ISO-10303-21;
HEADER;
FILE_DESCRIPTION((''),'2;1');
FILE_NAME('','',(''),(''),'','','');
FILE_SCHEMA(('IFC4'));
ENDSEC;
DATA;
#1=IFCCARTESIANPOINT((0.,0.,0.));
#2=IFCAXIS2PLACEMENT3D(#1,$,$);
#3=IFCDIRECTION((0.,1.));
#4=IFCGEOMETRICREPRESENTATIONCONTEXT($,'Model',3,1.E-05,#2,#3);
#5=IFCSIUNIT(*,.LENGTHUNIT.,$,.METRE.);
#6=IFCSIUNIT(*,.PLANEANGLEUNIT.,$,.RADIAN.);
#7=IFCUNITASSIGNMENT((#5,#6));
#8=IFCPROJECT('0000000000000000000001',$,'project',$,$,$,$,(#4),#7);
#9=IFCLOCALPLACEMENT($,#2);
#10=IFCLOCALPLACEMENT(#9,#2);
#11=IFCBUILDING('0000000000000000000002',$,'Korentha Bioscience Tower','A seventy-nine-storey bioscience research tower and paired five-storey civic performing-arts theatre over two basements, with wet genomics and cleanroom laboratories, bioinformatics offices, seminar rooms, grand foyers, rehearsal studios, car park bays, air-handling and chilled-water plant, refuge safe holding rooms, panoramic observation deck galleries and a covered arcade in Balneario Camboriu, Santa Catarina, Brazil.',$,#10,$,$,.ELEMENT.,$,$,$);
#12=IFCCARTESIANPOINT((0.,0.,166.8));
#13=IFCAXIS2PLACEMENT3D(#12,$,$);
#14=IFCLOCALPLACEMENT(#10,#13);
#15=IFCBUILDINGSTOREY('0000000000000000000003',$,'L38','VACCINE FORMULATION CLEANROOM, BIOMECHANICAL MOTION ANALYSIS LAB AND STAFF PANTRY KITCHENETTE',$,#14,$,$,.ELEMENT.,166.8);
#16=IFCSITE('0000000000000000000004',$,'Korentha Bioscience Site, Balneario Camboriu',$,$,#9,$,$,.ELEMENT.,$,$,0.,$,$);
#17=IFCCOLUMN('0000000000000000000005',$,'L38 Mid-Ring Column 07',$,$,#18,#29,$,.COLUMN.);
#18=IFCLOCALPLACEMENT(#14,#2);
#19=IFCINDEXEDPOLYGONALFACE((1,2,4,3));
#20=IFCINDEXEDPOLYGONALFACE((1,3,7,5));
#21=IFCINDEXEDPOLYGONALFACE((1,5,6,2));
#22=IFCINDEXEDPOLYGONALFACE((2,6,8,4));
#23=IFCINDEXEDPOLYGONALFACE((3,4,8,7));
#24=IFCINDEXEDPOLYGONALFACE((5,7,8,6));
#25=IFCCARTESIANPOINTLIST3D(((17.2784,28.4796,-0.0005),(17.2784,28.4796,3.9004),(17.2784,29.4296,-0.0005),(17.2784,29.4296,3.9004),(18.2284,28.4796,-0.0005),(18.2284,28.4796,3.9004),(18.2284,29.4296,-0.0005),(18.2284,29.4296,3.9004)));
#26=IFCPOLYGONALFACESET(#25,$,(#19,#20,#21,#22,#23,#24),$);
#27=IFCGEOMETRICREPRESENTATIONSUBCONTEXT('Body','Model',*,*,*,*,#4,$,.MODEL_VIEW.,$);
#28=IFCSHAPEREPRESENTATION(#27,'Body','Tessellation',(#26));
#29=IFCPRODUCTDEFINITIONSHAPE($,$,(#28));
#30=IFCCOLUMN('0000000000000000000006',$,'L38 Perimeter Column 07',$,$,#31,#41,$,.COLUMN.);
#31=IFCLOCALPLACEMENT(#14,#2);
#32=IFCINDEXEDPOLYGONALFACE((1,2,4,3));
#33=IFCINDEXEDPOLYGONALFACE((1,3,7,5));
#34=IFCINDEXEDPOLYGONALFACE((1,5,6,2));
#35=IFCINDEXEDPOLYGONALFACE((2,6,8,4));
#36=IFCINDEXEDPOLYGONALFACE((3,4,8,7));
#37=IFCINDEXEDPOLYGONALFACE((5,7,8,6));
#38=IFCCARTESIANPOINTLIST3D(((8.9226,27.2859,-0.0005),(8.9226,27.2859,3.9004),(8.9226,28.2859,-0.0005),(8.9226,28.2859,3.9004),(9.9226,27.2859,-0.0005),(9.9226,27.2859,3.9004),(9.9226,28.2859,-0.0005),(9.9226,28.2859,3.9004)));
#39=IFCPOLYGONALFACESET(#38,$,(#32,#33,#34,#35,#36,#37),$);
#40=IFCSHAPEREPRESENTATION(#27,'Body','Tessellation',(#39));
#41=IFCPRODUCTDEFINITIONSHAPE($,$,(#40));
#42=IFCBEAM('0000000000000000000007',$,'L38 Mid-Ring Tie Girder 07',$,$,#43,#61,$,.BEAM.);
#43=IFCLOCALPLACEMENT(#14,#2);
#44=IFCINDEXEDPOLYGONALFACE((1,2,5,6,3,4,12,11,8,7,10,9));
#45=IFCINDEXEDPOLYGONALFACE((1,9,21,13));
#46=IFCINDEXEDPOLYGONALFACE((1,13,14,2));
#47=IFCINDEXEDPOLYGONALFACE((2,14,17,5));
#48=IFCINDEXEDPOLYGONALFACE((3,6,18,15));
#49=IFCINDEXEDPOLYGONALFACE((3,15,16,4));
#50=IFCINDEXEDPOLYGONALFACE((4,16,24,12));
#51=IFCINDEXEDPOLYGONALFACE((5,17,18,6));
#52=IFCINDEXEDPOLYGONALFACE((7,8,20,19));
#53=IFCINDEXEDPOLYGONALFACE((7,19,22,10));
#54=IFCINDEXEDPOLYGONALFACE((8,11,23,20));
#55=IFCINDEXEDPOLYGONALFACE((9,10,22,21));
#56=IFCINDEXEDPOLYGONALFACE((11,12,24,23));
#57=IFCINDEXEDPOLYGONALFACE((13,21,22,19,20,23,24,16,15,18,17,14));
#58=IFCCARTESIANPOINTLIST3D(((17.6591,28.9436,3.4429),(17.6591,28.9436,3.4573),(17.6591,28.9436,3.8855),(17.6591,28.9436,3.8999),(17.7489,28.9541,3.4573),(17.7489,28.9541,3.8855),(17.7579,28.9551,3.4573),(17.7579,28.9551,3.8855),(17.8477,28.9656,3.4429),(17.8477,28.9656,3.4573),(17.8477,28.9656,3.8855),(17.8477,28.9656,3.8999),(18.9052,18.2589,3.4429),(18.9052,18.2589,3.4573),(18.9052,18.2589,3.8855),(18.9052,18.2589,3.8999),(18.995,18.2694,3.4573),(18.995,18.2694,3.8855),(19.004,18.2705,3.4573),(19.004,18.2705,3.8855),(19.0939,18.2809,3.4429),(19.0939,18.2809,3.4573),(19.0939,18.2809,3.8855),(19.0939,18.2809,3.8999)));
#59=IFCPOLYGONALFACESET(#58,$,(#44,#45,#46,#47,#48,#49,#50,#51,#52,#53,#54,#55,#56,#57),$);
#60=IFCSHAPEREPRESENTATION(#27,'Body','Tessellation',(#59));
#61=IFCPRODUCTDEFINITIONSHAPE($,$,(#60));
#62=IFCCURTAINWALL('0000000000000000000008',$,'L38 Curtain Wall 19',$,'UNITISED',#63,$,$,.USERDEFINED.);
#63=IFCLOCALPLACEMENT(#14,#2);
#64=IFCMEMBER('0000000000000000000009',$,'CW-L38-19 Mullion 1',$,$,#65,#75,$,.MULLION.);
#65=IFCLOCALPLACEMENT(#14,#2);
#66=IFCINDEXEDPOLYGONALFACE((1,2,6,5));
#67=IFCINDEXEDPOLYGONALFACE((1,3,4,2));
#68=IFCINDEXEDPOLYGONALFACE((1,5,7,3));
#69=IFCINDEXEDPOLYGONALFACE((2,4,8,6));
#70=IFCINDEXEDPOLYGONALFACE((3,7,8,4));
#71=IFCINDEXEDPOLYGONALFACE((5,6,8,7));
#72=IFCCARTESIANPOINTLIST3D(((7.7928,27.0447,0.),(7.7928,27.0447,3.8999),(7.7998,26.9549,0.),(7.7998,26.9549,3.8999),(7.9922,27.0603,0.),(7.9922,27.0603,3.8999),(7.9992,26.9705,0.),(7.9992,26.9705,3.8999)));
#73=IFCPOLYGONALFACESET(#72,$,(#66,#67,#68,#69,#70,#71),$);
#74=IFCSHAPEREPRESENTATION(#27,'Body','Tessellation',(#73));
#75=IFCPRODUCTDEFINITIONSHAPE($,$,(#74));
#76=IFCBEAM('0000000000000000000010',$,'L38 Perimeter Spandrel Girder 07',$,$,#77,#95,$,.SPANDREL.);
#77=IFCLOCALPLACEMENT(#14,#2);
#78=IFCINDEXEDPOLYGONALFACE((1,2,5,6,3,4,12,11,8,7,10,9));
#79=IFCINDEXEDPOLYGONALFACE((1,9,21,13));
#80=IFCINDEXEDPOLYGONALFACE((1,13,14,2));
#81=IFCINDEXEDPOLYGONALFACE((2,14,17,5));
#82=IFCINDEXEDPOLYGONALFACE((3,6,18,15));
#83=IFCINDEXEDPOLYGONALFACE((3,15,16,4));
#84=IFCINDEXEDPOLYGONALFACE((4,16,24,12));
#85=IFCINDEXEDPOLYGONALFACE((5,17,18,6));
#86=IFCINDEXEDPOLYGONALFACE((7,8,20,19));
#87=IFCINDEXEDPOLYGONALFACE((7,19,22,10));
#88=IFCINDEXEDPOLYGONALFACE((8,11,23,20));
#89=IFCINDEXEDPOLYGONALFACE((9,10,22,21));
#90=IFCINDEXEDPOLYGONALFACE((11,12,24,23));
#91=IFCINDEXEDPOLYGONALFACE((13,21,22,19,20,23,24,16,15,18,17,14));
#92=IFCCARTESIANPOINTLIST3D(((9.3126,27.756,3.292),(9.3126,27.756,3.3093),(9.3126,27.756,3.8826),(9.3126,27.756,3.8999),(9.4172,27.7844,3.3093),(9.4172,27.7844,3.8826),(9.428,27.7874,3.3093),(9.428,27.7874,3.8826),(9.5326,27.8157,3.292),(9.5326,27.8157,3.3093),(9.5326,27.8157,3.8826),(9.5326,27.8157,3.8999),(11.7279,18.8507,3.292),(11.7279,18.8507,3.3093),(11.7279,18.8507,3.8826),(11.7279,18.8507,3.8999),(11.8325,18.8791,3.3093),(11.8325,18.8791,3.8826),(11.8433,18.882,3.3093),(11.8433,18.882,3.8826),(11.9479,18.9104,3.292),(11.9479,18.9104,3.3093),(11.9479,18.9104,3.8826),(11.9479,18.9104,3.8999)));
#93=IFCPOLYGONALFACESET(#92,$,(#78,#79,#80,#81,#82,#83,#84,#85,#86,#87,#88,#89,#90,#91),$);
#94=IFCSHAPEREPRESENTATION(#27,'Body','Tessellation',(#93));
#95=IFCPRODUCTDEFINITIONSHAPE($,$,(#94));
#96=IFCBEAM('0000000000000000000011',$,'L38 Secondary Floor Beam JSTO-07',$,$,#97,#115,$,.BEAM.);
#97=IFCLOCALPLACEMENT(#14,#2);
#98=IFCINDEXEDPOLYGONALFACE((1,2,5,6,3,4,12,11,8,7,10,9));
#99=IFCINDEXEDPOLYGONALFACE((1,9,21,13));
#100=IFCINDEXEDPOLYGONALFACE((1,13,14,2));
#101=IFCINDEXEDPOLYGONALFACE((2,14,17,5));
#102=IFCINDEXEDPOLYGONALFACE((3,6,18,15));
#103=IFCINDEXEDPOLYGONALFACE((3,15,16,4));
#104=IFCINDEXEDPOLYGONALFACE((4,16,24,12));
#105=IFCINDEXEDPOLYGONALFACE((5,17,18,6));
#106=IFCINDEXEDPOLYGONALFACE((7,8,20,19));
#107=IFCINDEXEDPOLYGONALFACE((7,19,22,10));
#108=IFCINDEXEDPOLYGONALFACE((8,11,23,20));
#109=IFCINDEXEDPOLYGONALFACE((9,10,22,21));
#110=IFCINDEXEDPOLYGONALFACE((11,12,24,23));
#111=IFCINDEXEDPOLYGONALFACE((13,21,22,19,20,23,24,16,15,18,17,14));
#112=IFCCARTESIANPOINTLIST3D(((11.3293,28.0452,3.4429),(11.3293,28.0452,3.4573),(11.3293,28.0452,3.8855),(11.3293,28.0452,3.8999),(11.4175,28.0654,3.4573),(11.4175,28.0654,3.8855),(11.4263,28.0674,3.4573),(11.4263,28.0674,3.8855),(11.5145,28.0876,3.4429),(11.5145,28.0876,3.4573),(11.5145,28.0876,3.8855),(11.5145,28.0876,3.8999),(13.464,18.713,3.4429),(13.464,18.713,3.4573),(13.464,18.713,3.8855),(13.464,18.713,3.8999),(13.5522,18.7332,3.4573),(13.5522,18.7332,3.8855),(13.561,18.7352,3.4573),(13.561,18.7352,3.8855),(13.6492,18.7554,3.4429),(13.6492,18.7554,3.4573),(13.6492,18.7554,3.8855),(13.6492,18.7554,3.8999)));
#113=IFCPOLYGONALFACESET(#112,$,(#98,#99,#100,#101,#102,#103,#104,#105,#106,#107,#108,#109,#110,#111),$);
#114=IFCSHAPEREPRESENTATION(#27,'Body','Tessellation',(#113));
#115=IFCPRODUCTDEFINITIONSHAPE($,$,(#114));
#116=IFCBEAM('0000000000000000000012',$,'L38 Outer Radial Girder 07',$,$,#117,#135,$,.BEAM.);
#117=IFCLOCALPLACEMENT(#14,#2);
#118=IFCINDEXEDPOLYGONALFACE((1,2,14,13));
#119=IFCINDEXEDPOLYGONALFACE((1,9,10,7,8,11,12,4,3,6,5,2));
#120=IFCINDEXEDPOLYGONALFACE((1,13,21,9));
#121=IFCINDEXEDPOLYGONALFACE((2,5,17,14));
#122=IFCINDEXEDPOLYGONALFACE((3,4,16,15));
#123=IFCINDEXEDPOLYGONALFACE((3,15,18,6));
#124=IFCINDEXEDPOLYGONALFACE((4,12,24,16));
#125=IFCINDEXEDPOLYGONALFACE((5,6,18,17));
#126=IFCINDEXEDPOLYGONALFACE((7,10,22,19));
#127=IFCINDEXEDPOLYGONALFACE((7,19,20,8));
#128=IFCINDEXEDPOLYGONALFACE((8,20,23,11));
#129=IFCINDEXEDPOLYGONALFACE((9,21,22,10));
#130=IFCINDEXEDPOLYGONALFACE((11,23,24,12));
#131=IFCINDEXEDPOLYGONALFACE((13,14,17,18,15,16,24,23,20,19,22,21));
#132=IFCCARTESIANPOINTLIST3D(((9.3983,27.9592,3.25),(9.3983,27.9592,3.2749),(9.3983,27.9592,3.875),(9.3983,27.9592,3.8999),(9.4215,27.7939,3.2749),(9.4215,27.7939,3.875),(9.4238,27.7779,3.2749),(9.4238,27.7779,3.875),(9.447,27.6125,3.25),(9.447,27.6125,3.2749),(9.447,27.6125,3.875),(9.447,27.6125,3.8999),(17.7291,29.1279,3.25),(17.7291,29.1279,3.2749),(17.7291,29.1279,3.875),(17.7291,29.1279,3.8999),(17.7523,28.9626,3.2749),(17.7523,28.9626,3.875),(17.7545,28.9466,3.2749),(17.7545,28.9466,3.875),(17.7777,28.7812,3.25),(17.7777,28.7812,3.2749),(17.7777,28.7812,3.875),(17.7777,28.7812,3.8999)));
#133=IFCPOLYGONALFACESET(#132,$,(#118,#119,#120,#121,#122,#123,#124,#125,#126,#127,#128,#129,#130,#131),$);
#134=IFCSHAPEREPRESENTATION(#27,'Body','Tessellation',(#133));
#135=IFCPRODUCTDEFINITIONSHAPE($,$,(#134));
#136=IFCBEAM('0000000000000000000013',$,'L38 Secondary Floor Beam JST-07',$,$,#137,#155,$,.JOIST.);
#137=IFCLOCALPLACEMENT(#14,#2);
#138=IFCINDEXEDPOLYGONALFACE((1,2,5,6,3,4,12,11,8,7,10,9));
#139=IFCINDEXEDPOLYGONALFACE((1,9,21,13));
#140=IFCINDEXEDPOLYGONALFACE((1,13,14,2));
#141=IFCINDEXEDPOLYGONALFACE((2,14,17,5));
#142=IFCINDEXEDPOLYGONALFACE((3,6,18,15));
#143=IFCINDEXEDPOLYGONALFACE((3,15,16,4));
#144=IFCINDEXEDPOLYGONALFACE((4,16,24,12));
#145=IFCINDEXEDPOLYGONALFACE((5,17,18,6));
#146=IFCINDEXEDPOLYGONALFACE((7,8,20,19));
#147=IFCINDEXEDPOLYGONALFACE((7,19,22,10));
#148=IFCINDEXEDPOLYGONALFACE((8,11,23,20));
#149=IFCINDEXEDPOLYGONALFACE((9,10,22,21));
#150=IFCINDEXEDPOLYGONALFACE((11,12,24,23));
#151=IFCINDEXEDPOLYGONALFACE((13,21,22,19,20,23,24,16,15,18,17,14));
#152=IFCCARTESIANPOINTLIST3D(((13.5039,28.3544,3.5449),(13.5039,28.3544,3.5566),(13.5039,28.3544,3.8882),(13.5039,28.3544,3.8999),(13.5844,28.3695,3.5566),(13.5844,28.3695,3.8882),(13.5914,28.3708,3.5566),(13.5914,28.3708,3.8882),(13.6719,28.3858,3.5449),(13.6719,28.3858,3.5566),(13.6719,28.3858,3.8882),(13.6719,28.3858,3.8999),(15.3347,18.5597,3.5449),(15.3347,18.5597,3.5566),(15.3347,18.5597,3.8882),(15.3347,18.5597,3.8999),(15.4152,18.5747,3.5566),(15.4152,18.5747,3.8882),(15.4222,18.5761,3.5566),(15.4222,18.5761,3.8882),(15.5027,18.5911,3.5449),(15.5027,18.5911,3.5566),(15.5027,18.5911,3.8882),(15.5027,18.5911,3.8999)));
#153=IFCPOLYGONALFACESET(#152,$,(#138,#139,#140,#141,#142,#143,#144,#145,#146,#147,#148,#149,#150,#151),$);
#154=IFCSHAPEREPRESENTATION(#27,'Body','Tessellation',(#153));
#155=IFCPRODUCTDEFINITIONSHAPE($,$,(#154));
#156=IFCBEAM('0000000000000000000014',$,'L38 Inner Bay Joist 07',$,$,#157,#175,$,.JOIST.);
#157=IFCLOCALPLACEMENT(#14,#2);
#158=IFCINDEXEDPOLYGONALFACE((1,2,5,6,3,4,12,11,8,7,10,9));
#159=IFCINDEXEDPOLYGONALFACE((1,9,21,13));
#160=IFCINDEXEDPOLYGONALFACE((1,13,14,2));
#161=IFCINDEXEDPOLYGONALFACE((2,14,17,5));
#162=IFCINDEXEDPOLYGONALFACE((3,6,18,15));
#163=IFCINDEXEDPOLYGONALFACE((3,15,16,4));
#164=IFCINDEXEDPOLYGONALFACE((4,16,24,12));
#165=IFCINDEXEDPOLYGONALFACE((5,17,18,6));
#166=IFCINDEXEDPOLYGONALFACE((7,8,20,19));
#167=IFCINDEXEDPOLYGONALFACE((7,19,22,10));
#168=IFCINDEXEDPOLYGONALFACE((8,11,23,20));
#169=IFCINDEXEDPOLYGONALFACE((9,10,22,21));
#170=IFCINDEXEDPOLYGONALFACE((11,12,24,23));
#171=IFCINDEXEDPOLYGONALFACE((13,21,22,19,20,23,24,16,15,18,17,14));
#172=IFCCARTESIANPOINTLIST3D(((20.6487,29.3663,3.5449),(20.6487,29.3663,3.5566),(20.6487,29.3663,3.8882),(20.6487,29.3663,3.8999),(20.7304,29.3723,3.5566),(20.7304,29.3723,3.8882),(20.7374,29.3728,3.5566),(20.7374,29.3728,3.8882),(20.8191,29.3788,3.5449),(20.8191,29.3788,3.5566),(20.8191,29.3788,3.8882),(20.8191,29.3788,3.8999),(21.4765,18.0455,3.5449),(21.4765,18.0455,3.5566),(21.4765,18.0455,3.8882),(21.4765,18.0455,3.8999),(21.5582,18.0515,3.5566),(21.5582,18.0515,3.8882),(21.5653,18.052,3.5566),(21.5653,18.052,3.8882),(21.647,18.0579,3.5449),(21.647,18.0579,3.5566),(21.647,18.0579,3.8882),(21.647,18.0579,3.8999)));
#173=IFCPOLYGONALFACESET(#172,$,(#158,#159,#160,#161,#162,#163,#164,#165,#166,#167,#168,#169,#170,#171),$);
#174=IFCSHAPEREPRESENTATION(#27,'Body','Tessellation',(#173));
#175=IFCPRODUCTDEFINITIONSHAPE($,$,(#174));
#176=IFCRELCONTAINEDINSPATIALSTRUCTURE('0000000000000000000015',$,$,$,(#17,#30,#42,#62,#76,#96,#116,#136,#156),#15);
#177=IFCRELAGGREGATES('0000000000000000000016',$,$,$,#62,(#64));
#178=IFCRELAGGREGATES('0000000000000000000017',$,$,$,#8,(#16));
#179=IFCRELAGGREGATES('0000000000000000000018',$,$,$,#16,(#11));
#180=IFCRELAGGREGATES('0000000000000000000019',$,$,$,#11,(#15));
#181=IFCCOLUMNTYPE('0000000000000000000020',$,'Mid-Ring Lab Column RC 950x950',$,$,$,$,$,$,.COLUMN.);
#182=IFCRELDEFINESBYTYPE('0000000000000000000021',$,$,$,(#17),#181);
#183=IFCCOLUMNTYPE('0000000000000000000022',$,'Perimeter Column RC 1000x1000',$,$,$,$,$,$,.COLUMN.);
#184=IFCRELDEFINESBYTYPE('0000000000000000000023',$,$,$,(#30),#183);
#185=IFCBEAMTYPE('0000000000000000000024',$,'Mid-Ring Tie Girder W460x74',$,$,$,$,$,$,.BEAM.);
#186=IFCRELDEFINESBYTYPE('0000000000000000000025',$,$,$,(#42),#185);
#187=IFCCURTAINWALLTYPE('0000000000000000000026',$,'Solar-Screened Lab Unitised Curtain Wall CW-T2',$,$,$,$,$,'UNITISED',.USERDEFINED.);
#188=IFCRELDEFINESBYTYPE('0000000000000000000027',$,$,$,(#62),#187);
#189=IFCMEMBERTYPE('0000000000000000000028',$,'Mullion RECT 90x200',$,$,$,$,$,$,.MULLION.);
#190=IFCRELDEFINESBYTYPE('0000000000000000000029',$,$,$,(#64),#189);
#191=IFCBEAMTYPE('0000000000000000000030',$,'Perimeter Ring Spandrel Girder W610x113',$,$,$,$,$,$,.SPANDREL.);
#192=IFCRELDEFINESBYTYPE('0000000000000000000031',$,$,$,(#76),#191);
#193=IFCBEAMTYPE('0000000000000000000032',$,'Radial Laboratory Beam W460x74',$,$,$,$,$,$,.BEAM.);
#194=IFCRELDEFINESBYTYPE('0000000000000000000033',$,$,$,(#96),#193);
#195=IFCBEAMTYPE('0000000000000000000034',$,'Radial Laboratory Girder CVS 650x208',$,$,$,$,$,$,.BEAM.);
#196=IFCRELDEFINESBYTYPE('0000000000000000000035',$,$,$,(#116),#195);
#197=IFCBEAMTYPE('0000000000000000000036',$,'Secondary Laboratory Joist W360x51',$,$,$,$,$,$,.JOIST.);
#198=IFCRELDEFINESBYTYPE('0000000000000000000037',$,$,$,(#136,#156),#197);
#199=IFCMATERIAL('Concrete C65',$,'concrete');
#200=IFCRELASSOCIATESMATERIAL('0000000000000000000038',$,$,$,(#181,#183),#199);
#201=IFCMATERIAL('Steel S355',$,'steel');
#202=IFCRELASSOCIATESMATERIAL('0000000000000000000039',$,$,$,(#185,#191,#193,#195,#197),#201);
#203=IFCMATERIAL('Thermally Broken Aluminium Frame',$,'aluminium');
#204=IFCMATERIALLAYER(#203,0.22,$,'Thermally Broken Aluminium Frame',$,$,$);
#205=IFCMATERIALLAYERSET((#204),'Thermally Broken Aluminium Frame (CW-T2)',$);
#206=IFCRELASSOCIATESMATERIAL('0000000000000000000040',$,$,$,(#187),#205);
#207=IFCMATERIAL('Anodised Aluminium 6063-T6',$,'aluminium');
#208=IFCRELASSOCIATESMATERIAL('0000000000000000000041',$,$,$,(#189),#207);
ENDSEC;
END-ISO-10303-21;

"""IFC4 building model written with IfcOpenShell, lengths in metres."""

from ifc_helpers import new_model, si_unit, direction, frame, origin, origin_2d, place, context, subcontext, project, spatial, rectangle, i_section, extrude, material, layer, layer_set, material_profile, profile_set, type_object, element, aggregate, save


model = new_model("IFC4")

# Units and contexts
model_context = context("Model", 3, precision=1e-05, world=origin(), true_north=direction((0.0, 1.0)))
body_context = subcontext(model_context, "Body", "Model", "MODEL_VIEW")
ifc_project = project(units=[si_unit("LENGTHUNIT", "METRE"), si_unit("PLANEANGLEUNIT", "RADIAN")], contexts=[model_context])

# Site, building, storey
site_placement = place(None, origin())
site = spatial("IfcSite", under=ifc_project, at=site_placement, Name="Korentha Bioscience Site, Balneario Camboriu", CompositionType="ELEMENT", RefElevation=0.0)
building_placement = place(site_placement, origin())
building = spatial("IfcBuilding", under=site, at=building_placement, Name="Korentha Bioscience Tower", Description="A seventy-nine-storey bioscience research tower and paired five-storey civic performing-arts theatre over two basements, with wet genomics and cleanroom laboratories, bioinformatics offices, seminar rooms, grand foyers, rehearsal studios, car park bays, air-handling and chilled-water plant, refuge safe holding rooms, panoramic observation deck galleries and a covered arcade in Balneario Camboriu, Santa Catarina, Brazil.", CompositionType="ELEMENT")
storey_placement = place(building_placement, frame((0.0, 0.0, 166.8)))
storey = spatial("IfcBuildingStorey", under=building, at=storey_placement, Name="L38", Description="VACCINE FORMULATION CLEANROOM, BIOMECHANICAL MOTION ANALYSIS LAB AND STAFF PANTRY KITCHENETTE", CompositionType="ELEMENT", Elevation=166.8)

# Columns
ifc_material_1 = material(Name="Concrete C65", Category="concrete")
ifc_material_profile_1 = material_profile(ifc_material_1, rectangle(XDim=0.95, YDim=0.95, at=origin_2d()), Name="Concrete C65")
ifc_profile_set_1 = profile_set([ifc_material_profile_1], Name="Concrete C65 (COL-MR09)")
column_type_1 = type_object("IfcColumnType", Name="Mid-Ring Lab Column RC 950x950", PredefinedType="COLUMN", material=ifc_profile_set_1)
column_1_placement = place(storey_placement, frame((17.7534, 28.9546, -0.0005), z_axis=(0.0, 0.0, 1.0), x_axis=(1.0, 0.0, 0.0)))
element("IfcColumn", 1, at=column_1_placement, inside=storey, type_object=column_type_1, Name="L38 Mid-Ring Column 07", PredefinedType="COLUMN", context=body_context, shape_type="SweptSolid", body=[
    extrude(rectangle(XDim=0.95, YDim=0.95, at=origin_2d()), origin(), (0.0, 0.0, 1.0), 3.9009),
])
ifc_material_profile_2 = material_profile(ifc_material_1, rectangle(XDim=1.0, YDim=1.0, at=origin_2d()), Name="Concrete C65")
ifc_profile_set_2 = profile_set([ifc_material_profile_2], Name="Concrete C65 (COL-P10)")
column_type_2 = type_object("IfcColumnType", Name="Perimeter Column RC 1000x1000", PredefinedType="COLUMN", material=ifc_profile_set_2)
column_2_placement = place(storey_placement, frame((9.4226, 27.7859, -0.0005), z_axis=(0.0, 0.0, 1.0), x_axis=(0.0, 1.0, 0.0)))
element("IfcColumn", 2, at=column_2_placement, inside=storey, type_object=column_type_2, Name="L38 Perimeter Column 07", PredefinedType="COLUMN", context=body_context, shape_type="SweptSolid", body=[
    extrude(rectangle(XDim=1.0, YDim=1.0, at=origin_2d()), origin(), (0.0, 0.0, 1.0), 3.9009),
])

# Beam
ifc_material_2 = material(Name="Steel S355", Category="steel")
ifc_material_profile_3 = material_profile(ifc_material_2, i_section(OverallWidth=0.1899, OverallDepth=0.457, WebThickness=0.009, FlangeThickness=0.0144, at=origin_2d()), Name="Steel S355")
ifc_profile_set_3 = profile_set([ifc_material_profile_3], Name="Steel S355 (MB-460)")
beam_type_1 = type_object("IfcBeamType", Name="Mid-Ring Tie Girder W460x74", PredefinedType="BEAM", material=ifc_profile_set_3)
beam_1_placement = place(storey_placement, frame((17.7534, 28.9546, 3.6714), z_axis=(0.11584, -0.993268, 0.0), x_axis=(0.993268, 0.11584, 0.0)))
element("IfcBeam", 3, at=beam_1_placement, inside=storey, type_object=beam_type_1, Name="L38 Mid-Ring Tie Girder 07", PredefinedType="BEAM", context=body_context, shape_type="SweptSolid", body=[
    extrude(i_section(OverallWidth=0.1899, OverallDepth=0.457, WebThickness=0.009, FlangeThickness=0.0144, at=origin_2d()), origin(), (0.0, 0.0, 1.0), 10.7571),
])

# Curtain wall, member
ifc_material_3 = material(Name="Thermally Broken Aluminium Frame", Category="aluminium")
ifc_layer_1 = layer(ifc_material_3, 0.22, Name="Thermally Broken Aluminium Frame")
ifc_layer_set_1 = layer_set([ifc_layer_1], Name="Thermally Broken Aluminium Frame (CW-T2)")
curtain_wall_type = type_object("IfcCurtainWallType", Name="Solar-Screened Lab Unitised Curtain Wall CW-T2", ElementType="UNITISED", PredefinedType="USERDEFINED", material=ifc_layer_set_1)
curtain_wall_placement = place(storey_placement, origin())
curtain_wall = element("IfcCurtainWall", 4, at=curtain_wall_placement, inside=storey, type_object=curtain_wall_type, Name="L38 Curtain Wall 19", ObjectType="UNITISED", PredefinedType="USERDEFINED")
ifc_material_4 = material(Name="Anodised Aluminium 6063-T6", Category="aluminium")
ifc_material_profile_4 = material_profile(ifc_material_4, rectangle(XDim=0.0901, YDim=0.2, at=origin_2d()), Name="Anodised Aluminium 6063-T6")
ifc_profile_set_4 = profile_set([ifc_material_profile_4], Name="Anodised Aluminium 6063-T6 (CW-MUL)")
member_type_1 = type_object("IfcMemberType", Name="Mullion RECT 90x200", PredefinedType="MULLION", material=ifc_profile_set_4)
member_1_placement = place(storey_placement, frame((7.896, 27.0076, 0.0), z_axis=(0.0, 0.0, 1.0), x_axis=(0.078031, -0.996951, 0.0)))
member_1 = element("IfcMember", 5, at=member_1_placement, type_object=member_type_1, Name="CW-L38-19 Mullion 1", PredefinedType="MULLION", context=body_context, shape_type="SweptSolid", body=[
    extrude(rectangle(XDim=0.0901, YDim=0.2, at=origin_2d()), origin(), (0.0, 0.0, 1.0), 3.8999),
])

# Beams
ifc_material_profile_5 = material_profile(ifc_material_2, i_section(OverallWidth=0.228, OverallDepth=0.6079, WebThickness=0.0112, FlangeThickness=0.0173, at=origin_2d()), Name="Steel S355")
ifc_profile_set_5 = profile_set([ifc_material_profile_5], Name="Steel S355 (SB-610)")
beam_type_2 = type_object("IfcBeamType", Name="Perimeter Ring Spandrel Girder W610x113", PredefinedType="SPANDREL", material=ifc_profile_set_5)
beam_2_placement = place(storey_placement, frame((9.4226, 27.7859, 3.5959), z_axis=(0.261763, -0.965132, 0.0), x_axis=(0.965132, 0.261763, 0.0)))
element("IfcBeam", 6, at=beam_2_placement, inside=storey, type_object=beam_type_2, Name="L38 Perimeter Spandrel Girder 07", PredefinedType="SPANDREL", context=body_context, shape_type="SweptSolid", body=[
    extrude(i_section(OverallWidth=0.228, OverallDepth=0.6079, WebThickness=0.0112, FlangeThickness=0.0173, at=origin_2d()), origin(), (0.0, 0.0, 1.0), 9.2271),
])
ifc_material_profile_6 = material_profile(ifc_material_2, i_section(OverallWidth=0.1899, OverallDepth=0.457, WebThickness=0.009, FlangeThickness=0.0144, at=origin_2d()), Name="Steel S355")
ifc_profile_set_6 = profile_set([ifc_material_profile_6], Name="Steel S355 (RB-460)")
beam_type_3 = type_object("IfcBeamType", Name="Radial Laboratory Beam W460x74", PredefinedType="BEAM", material=ifc_profile_set_6)
beam_3_placement = place(storey_placement, frame((11.4219, 28.0664, 3.6714), z_axis=(0.222991, -0.974821, 0.0), x_axis=(0.974821, 0.222991, 0.0)))
element("IfcBeam", 7, at=beam_3_placement, inside=storey, type_object=beam_type_3, Name="L38 Secondary Floor Beam JSTO-07", PredefinedType="BEAM", context=body_context, shape_type="SweptSolid", body=[
    extrude(i_section(OverallWidth=0.1899, OverallDepth=0.457, WebThickness=0.009, FlangeThickness=0.0144, at=origin_2d()), origin(), (0.0, 0.0, 1.0), 9.5732),
])
ifc_material_profile_7 = material_profile(ifc_material_2, i_section(OverallWidth=0.3501, OverallDepth=0.6499, WebThickness=0.0161, FlangeThickness=0.0249, at=origin_2d()), Name="Steel S355")
ifc_profile_set_7 = profile_set([ifc_material_profile_7], Name="Steel S355 (RB-650)")
beam_type_4 = type_object("IfcBeamType", Name="Radial Laboratory Girder CVS 650x208", PredefinedType="BEAM", material=ifc_profile_set_7)
beam_4_placement = place(storey_placement, frame((17.7534, 28.9546, 3.575), z_axis=(-0.990303, -0.138926, 0.0), x_axis=(0.138926, -0.990303, 0.0)))
element("IfcBeam", 8, at=beam_4_placement, inside=storey, type_object=beam_type_4, Name="L38 Outer Radial Girder 07", PredefinedType="BEAM", context=body_context, shape_type="SweptSolid", body=[
    extrude(i_section(OverallWidth=0.3501, OverallDepth=0.6499, WebThickness=0.0161, FlangeThickness=0.0249, at=origin_2d()), origin(), (0.0, 0.0, 1.0), 8.4124),
])
ifc_material_profile_8 = material_profile(ifc_material_2, i_section(OverallWidth=0.1709, OverallDepth=0.355, WebThickness=0.0071, FlangeThickness=0.0117, at=origin_2d()), Name="Steel S355")
ifc_profile_set_8 = profile_set([ifc_material_profile_8], Name="Steel S355 (JB-360)")
beam_type_5 = type_object("IfcBeamType", Name="Secondary Laboratory Joist W360x51", PredefinedType="JOIST", material=ifc_profile_set_8)
beam_5_placement = place(storey_placement, frame((13.5879, 28.3701, 3.7224), z_axis=(0.183737, -0.982975, 0.0), x_axis=(0.982975, 0.183737, 0.0)))
element("IfcBeam", 9, at=beam_5_placement, inside=storey, type_object=beam_type_5, Name="L38 Secondary Floor Beam JST-07", PredefinedType="JOIST", context=body_context, shape_type="SweptSolid", body=[
    extrude(i_section(OverallWidth=0.1709, OverallDepth=0.355, WebThickness=0.0071, FlangeThickness=0.0117, at=origin_2d()), origin(), (0.0, 0.0, 1.0), 9.9644),
])
beam_6_placement = place(storey_placement, frame((20.7339, 29.3726, 3.7224), z_axis=(0.072934, -0.997337, 0.0), x_axis=(0.997337, 0.072934, 0.0)))
element("IfcBeam", 10, at=beam_6_placement, inside=storey, type_object=beam_type_5, Name="L38 Inner Bay Joist 07", PredefinedType="JOIST", context=body_context, shape_type="SweptSolid", body=[
    extrude(i_section(OverallWidth=0.1709, OverallDepth=0.355, WebThickness=0.0071, FlangeThickness=0.0117, at=origin_2d()), origin(), (0.0, 0.0, 1.0), 11.3511),
])

aggregate(curtain_wall, [member_1])

save(model, "model.ifc")
